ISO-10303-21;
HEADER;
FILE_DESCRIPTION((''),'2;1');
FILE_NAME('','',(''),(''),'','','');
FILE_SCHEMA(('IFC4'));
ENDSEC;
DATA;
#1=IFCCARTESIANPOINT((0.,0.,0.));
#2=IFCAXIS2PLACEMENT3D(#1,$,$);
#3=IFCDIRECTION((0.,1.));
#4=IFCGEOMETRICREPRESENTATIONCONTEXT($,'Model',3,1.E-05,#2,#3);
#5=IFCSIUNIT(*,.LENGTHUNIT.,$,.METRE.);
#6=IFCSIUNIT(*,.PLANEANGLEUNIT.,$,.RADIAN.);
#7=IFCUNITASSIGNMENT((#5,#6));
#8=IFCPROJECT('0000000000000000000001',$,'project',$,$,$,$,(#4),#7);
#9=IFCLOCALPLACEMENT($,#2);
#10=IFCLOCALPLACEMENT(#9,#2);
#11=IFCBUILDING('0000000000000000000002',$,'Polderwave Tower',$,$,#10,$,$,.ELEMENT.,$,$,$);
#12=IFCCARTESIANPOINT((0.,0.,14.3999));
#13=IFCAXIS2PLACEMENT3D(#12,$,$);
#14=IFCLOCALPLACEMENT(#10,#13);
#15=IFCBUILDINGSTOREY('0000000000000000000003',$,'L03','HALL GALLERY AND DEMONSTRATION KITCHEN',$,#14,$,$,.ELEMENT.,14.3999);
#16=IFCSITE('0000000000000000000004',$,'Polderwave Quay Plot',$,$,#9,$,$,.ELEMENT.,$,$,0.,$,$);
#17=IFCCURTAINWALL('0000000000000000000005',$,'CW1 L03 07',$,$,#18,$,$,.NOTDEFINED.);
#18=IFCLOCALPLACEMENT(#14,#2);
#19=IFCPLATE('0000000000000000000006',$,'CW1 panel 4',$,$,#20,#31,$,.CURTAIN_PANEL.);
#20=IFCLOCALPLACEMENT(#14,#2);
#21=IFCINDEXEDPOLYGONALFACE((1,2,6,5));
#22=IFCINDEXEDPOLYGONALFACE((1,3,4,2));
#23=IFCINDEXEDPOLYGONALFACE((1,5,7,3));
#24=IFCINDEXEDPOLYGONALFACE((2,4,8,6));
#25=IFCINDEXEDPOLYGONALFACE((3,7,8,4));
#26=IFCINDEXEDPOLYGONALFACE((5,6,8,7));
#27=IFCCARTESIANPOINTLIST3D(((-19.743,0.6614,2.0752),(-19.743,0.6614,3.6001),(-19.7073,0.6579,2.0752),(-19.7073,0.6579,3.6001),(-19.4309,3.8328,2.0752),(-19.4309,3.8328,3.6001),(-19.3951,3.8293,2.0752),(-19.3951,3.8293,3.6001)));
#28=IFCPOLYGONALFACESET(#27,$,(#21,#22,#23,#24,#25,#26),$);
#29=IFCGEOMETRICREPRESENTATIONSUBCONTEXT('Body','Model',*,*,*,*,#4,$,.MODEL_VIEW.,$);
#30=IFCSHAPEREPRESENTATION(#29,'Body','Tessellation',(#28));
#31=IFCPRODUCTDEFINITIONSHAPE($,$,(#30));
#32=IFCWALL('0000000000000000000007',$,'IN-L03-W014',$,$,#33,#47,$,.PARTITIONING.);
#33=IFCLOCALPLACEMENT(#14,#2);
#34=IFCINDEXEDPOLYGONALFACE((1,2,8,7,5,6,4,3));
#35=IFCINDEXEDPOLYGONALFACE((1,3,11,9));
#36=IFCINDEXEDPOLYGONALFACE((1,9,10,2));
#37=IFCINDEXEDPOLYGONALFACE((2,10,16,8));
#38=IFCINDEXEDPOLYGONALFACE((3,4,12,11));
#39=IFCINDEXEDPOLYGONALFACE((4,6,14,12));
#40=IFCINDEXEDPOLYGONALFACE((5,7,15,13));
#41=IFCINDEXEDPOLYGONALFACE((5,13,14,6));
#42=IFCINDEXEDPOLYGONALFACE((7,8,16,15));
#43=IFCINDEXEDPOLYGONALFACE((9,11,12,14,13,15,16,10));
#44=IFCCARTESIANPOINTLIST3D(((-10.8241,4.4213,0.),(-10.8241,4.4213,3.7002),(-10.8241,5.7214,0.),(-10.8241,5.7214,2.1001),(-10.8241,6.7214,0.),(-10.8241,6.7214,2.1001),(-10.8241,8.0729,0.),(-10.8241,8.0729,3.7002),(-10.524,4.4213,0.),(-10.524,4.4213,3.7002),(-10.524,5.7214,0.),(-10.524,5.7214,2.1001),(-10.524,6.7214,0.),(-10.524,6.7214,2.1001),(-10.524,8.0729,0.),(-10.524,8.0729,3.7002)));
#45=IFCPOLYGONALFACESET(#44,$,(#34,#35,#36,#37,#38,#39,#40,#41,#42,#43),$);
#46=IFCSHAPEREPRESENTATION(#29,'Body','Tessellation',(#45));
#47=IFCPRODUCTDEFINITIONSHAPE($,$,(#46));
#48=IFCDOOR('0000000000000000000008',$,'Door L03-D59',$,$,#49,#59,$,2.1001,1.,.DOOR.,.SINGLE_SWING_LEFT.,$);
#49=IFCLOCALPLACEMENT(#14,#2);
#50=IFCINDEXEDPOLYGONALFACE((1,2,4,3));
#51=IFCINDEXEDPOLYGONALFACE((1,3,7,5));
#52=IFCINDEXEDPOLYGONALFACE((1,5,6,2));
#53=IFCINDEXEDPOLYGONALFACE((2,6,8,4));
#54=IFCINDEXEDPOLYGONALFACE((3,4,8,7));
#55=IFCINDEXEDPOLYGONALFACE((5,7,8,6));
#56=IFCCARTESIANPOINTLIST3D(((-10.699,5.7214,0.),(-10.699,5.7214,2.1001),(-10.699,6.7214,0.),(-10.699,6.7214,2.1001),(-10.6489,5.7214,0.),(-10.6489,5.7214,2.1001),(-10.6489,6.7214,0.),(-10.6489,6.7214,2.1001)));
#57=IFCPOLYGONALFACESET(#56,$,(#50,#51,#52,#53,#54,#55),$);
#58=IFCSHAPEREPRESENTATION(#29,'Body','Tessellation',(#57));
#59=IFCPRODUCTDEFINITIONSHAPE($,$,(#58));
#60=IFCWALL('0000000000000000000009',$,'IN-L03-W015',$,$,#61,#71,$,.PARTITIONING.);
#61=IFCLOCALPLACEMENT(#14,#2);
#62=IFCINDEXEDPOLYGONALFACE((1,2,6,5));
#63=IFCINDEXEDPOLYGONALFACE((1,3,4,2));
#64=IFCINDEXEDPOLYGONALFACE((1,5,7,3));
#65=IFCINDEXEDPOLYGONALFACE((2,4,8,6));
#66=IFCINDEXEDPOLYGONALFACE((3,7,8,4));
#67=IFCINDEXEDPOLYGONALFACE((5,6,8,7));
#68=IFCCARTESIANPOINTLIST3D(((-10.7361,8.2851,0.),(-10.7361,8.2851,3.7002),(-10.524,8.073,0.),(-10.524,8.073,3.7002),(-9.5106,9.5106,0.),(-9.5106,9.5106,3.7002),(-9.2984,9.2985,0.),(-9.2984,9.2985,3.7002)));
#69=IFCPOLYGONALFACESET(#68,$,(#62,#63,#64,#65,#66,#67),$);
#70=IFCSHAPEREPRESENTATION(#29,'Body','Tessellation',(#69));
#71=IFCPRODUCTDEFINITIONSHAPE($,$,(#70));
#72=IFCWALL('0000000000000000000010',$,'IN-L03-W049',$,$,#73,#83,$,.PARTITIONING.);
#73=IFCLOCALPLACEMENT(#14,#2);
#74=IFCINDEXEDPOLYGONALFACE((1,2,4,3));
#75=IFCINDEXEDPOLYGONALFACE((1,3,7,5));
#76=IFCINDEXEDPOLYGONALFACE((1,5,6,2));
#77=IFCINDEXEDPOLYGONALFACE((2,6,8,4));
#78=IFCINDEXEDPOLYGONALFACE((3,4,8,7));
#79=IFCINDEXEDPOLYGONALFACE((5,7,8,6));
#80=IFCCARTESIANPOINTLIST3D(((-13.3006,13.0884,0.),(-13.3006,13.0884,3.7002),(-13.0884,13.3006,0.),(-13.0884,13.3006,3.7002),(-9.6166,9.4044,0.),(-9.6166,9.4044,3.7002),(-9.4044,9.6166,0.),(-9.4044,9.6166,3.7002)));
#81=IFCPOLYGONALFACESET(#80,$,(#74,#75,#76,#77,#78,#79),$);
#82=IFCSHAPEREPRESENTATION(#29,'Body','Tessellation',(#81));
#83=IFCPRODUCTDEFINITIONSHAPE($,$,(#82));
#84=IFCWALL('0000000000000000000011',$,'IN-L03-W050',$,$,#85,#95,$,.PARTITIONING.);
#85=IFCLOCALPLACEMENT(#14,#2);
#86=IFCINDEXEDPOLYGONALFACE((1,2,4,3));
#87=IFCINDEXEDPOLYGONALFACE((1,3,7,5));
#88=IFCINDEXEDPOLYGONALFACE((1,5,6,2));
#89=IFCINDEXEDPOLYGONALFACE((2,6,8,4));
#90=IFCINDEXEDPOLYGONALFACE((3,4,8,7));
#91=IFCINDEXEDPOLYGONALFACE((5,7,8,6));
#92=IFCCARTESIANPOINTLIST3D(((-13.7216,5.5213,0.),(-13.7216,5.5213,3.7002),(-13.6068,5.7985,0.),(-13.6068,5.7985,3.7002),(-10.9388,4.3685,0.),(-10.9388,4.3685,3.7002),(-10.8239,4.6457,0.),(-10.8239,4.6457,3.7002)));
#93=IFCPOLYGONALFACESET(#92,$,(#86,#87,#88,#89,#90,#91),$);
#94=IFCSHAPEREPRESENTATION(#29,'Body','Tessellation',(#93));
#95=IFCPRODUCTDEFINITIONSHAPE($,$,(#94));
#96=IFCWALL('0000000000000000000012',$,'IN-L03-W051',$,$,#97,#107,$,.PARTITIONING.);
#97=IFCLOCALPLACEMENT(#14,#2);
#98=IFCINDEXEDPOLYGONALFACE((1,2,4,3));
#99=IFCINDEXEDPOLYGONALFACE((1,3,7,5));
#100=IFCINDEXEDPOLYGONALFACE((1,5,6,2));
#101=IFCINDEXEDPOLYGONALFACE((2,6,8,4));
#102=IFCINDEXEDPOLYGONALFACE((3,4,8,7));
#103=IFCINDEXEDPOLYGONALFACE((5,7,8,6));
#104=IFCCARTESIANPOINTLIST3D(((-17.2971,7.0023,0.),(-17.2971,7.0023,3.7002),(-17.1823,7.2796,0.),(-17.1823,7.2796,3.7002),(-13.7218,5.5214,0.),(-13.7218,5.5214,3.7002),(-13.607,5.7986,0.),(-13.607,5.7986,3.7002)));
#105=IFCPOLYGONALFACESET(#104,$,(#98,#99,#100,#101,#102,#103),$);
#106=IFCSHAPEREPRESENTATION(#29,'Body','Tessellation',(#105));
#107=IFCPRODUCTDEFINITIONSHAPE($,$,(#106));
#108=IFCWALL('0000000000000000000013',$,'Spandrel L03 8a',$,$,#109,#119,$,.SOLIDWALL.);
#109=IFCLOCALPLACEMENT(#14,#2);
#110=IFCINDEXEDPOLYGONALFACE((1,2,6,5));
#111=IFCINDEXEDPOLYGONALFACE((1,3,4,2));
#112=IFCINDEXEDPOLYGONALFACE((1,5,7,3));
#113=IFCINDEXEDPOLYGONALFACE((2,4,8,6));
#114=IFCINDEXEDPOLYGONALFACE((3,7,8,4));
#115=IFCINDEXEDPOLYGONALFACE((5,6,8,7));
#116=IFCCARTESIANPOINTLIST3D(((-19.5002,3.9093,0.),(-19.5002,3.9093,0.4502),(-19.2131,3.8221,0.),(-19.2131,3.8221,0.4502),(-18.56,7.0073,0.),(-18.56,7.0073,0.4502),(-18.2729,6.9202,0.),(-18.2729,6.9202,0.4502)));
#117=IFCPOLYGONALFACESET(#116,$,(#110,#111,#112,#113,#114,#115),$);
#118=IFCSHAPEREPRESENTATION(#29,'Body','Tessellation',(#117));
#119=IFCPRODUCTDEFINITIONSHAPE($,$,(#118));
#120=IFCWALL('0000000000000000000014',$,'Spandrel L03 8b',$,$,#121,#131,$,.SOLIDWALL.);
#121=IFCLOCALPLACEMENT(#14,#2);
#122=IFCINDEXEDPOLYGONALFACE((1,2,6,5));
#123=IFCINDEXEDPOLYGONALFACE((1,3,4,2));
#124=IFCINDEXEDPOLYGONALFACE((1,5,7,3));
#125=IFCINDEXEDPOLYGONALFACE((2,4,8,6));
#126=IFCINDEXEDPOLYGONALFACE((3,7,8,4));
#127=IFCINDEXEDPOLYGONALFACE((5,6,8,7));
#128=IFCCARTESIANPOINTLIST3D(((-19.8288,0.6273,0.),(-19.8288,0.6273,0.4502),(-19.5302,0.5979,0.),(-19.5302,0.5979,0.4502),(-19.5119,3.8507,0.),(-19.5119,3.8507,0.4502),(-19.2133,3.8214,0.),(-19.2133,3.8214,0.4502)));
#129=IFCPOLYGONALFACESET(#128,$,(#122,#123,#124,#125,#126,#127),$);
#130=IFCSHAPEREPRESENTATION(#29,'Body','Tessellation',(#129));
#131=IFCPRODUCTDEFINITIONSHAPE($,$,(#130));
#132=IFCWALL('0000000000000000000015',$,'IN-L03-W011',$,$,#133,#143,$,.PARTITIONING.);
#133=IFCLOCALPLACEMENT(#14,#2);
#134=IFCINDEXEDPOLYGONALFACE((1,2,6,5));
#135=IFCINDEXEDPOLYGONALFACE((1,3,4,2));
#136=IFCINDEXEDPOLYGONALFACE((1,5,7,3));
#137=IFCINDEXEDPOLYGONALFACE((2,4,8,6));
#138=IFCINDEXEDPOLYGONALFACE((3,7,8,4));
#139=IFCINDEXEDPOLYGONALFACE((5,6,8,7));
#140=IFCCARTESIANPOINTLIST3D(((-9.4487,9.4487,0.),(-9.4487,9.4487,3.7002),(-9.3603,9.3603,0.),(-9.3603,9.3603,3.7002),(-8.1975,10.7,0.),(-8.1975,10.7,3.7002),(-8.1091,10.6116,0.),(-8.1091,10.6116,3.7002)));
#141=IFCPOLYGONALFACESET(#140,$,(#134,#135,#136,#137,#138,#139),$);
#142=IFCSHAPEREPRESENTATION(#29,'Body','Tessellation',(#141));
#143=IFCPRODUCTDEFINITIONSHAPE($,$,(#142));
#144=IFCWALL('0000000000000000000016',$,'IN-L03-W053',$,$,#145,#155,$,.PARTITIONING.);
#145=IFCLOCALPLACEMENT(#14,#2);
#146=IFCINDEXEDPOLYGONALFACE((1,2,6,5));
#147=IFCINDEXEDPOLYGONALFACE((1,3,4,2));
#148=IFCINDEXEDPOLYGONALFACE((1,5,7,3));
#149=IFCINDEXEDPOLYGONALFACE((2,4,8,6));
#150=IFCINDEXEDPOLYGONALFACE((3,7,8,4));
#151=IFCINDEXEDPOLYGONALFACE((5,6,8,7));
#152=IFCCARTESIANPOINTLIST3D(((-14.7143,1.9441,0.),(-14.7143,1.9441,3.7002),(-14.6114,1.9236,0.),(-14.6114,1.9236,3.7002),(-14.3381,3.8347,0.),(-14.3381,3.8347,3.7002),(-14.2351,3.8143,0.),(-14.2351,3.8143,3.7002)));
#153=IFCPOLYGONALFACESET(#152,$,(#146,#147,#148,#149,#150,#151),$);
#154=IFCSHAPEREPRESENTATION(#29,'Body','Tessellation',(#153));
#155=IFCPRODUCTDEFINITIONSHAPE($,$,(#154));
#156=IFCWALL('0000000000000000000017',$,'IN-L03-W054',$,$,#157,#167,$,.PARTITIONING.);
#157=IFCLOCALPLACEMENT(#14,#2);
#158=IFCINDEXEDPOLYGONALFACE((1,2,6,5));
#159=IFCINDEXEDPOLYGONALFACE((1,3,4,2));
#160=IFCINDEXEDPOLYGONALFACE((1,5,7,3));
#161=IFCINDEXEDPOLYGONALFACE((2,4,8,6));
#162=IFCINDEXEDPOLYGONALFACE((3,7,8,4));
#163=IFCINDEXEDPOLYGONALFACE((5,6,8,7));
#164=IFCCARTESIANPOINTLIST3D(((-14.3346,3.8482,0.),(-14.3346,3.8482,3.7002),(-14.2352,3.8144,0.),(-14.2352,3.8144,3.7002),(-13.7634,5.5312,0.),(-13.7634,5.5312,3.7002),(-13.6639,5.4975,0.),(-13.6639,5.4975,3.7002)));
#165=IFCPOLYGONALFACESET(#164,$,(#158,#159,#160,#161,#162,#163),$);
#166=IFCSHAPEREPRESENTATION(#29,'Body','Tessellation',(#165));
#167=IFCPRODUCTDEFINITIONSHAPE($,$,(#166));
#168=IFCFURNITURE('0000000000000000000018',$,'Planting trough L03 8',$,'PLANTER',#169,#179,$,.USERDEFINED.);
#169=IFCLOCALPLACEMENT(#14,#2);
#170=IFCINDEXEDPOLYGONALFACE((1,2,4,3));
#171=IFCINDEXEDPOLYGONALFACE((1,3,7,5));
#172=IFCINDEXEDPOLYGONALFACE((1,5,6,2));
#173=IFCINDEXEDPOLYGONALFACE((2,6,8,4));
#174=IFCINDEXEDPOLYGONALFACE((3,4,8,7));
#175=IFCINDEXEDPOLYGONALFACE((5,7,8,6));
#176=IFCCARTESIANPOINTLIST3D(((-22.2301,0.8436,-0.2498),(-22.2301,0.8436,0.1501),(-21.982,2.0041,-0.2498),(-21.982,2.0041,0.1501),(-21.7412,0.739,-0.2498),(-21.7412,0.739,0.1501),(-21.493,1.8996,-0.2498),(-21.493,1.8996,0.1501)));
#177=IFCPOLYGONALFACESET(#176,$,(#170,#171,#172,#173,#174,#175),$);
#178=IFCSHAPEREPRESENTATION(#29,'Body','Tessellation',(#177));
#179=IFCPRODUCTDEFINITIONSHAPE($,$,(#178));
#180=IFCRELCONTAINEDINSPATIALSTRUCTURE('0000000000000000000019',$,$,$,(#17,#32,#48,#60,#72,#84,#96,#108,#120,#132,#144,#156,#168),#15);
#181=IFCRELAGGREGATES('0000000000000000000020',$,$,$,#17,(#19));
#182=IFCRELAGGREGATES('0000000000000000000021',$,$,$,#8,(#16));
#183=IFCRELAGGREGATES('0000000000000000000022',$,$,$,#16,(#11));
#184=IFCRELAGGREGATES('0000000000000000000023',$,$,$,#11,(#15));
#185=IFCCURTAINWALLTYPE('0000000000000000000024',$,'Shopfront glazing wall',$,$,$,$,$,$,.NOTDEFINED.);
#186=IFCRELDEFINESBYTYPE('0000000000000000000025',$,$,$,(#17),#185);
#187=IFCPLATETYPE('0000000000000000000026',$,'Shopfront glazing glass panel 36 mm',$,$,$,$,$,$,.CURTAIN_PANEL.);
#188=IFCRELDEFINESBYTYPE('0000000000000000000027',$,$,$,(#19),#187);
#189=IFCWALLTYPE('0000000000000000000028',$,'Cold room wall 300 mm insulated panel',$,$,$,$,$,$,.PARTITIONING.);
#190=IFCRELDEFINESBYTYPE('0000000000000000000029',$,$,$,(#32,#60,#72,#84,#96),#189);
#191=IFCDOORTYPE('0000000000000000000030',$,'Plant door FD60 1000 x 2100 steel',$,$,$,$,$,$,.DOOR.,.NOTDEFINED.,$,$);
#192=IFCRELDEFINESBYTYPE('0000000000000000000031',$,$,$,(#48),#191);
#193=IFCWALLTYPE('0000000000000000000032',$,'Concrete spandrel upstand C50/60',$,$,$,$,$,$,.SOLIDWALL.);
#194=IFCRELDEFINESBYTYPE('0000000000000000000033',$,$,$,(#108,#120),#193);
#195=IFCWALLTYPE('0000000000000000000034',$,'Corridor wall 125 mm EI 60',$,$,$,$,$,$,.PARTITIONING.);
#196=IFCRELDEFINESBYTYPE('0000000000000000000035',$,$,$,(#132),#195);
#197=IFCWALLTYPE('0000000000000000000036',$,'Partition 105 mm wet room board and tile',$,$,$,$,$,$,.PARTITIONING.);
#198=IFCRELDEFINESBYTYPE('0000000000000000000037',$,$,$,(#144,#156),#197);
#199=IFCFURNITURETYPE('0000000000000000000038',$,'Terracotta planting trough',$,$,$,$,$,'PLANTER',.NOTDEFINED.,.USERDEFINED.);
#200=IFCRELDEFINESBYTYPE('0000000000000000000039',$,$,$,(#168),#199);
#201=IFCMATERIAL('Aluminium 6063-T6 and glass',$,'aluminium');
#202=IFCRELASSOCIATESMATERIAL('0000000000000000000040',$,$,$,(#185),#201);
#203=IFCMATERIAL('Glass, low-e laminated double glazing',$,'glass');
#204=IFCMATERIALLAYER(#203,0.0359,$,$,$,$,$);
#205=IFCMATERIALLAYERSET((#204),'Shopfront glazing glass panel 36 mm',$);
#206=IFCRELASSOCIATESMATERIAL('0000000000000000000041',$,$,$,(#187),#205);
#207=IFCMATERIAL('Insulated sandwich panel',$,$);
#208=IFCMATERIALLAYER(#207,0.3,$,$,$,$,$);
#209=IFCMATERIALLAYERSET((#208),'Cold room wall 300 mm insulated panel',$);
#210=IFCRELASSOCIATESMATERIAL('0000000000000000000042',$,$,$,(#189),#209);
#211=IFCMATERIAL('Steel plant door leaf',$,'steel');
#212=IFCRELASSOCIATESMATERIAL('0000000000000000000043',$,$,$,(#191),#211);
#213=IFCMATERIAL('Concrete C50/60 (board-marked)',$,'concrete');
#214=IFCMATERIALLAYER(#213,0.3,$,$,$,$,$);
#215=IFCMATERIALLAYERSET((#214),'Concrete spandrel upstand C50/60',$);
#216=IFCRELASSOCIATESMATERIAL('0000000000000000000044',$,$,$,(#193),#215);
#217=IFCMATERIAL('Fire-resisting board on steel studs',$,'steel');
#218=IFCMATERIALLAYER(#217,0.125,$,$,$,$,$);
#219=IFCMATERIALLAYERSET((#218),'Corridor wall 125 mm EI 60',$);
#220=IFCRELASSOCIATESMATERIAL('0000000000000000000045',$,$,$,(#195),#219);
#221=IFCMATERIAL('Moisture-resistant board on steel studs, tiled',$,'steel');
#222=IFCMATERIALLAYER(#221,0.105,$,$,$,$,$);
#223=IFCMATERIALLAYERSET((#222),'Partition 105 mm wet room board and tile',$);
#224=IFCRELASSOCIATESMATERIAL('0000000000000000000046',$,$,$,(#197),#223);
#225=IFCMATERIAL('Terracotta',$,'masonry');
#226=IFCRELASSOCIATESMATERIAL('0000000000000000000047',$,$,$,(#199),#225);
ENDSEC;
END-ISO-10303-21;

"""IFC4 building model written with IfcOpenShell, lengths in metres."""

from ifc_helpers import new_model, si_unit, direction, frame, frame_2d, origin, origin_2d, place, context, subcontext, project, spatial, rectangle, extrude, material, layer, layer_set, type_object, element, fill, aggregate, save


model = new_model("IFC4")

# Units and contexts
model_context = context("Model", 3, precision=1e-05, world=origin(), true_north=direction((0.0, 1.0)))
body_context = subcontext(model_context, "Body", "Model", "MODEL_VIEW")
ifc_project = project(units=[si_unit("LENGTHUNIT", "METRE"), si_unit("PLANEANGLEUNIT", "RADIAN")], contexts=[model_context])

# Site, building, storey
site_placement = place(None, origin())
site = spatial("IfcSite", under=ifc_project, at=site_placement, Name="Polderwave Quay Plot", CompositionType="ELEMENT", RefElevation=0.0)
building_placement = place(site_placement, origin())
building = spatial("IfcBuilding", under=site, at=building_placement, Name="Polderwave Tower", CompositionType="ELEMENT")
storey_placement = place(building_placement, frame((0.0, 0.0, 14.3999)))
storey = spatial("IfcBuildingStorey", under=building, at=storey_placement, Name="L03", Description="HALL GALLERY AND DEMONSTRATION KITCHEN", CompositionType="ELEMENT", Elevation=14.3999)

# Shared definitions
ifc_material_1 = material(Name="Aluminium 6063-T6 and glass", Category="aluminium")
curtain_wall_type = type_object("IfcCurtainWallType", Name="Shopfront glazing wall", PredefinedType="NOTDEFINED", material=ifc_material_1)

# Curtain wall, plate
curtain_wall_1_placement = place(storey_placement, origin())
curtain_wall_1 = element("IfcCurtainWall", 1, at=curtain_wall_1_placement, inside=storey, type_object=curtain_wall_type, Name="CW1 L03 07", PredefinedType="NOTDEFINED")
ifc_material_2 = material(Name="Glass, low-e laminated double glazing", Category="glass")
ifc_layer_1 = layer(ifc_material_2, 0.0359)
ifc_layer_set_1 = layer_set([ifc_layer_1], Name="Shopfront glazing glass panel 36 mm")
plate_type = type_object("IfcPlateType", Name="Shopfront glazing glass panel 36 mm", PredefinedType="CURTAIN_PANEL", material=ifc_layer_set_1)
plate_1_placement = place(storey_placement, frame((-19.5691, 2.2454, 2.0752), z_axis=(0.0, 0.0, 1.0), x_axis=(-0.097963, -0.99519, 0.0)))
plate_1 = element("IfcPlate", 2, at=plate_1_placement, type_object=plate_type, Name="CW1 panel 4", PredefinedType="CURTAIN_PANEL", context=body_context, shape_type="SweptSolid", body=[
    extrude(rectangle(XDim=3.1868, YDim=0.0359, at=origin_2d()), origin(), (0.0, 0.0, 1.0), 1.5249),
])
aggregate(curtain_wall_1, [plate_1])

# Wall, opening, door
ifc_material_3 = material(Name="Insulated sandwich panel")
ifc_layer_2 = layer(ifc_material_3, 0.3)
ifc_layer_set_2 = layer_set([ifc_layer_2], Name="Cold room wall 300 mm insulated panel")
wall_type_1 = type_object("IfcWallType", Name="Cold room wall 300 mm insulated panel", PredefinedType="PARTITIONING", material=ifc_layer_set_2)
wall_1_placement = place(storey_placement, frame((-10.6741, 4.4214, 0.0), z_axis=(0.0, 0.0, 1.0), x_axis=(0.0, 1.0, 0.0)))
wall_1 = element("IfcWall", 3, at=wall_1_placement, inside=storey, type_object=wall_type_1, Name="IN-L03-W014", PredefinedType="PARTITIONING", context=body_context, shape_type="SweptSolid", body=[
    extrude(rectangle(XDim=3.6516, YDim=0.3, at=frame_2d((1.8257, 0.0))), origin(), (0.0, 0.0, 1.0), 3.7002),
])
opening_placement = place(wall_1_placement, frame((1.3, 0.0, 0.0)))
opening = element("IfcOpeningElement", 4, at=opening_placement, cuts=wall_1, PredefinedType="OPENING", context=body_context, shape_type="SweptSolid", body=[
    extrude(rectangle(XDim=1.0, YDim=2.1001, at=frame_2d((0.5, 1.05))), frame((0.0, 0.1599, 0.0), z_axis=(0.0, -1.0, 0.0), x_axis=(1.0, 0.0, 0.0)), (0.0, 0.0, 1.0), 0.3201),
])
ifc_material_4 = material(Name="Steel plant door leaf", Category="steel")
door_type = type_object("IfcDoorType", Name="Plant door FD60 1000 x 2100 steel", OperationType="NOTDEFINED", PredefinedType="DOOR", material=ifc_material_4)
door_placement = place(opening_placement, origin())
door = element("IfcDoor", 5, at=door_placement, inside=storey, type_object=door_type, Name="Door L03-D59", OperationType="SINGLE_SWING_LEFT", OverallHeight=2.1001, OverallWidth=1.0, PredefinedType="DOOR", context=body_context, shape_type="SweptSolid", body=[
    extrude(rectangle(XDim=1.0, YDim=2.1001, at=frame_2d((0.5, 1.05))), frame((0.0, 0.0249, 0.0), z_axis=(0.0, -1.0, 0.0), x_axis=(1.0, 0.0, 0.0)), (0.0, 0.0, 1.0), 0.05),
])
fill(opening, door)

# Walls
wall_2_placement = place(storey_placement, frame((-10.6301, 8.179, 0.0), z_axis=(0.0, 0.0, 1.0), x_axis=(0.707107, 0.707107, 0.0)))
element("IfcWall", 6, at=wall_2_placement, inside=storey, type_object=wall_type_1, Name="IN-L03-W015", PredefinedType="PARTITIONING", context=body_context, shape_type="SweptSolid", body=[
    extrude(rectangle(XDim=1.7332, YDim=0.3, at=frame_2d((0.8667, 0.0))), origin(), (0.0, 0.0, 1.0), 3.7002),
])
wall_3_placement = place(storey_placement, frame((-9.5105, 9.5105, 0.0), z_axis=(0.0, 0.0, 1.0), x_axis=(-0.707107, 0.707107, 0.0)))
element("IfcWall", 7, at=wall_3_placement, inside=storey, type_object=wall_type_1, Name="IN-L03-W049", PredefinedType="PARTITIONING", context=body_context, shape_type="SweptSolid", body=[
    extrude(rectangle(XDim=5.21, YDim=0.3, at=frame_2d((2.605, 0.0))), origin(), (0.0, 0.0, 1.0), 3.7002),
])
wall_4_placement = place(storey_placement, frame((-10.8813, 4.5071, 0.0), z_axis=(0.0, 0.0, 1.0), x_axis=(-0.923869, 0.38271, 0.0)))
element("IfcWall", 8, at=wall_4_placement, inside=storey, type_object=wall_type_1, Name="IN-L03-W050", PredefinedType="PARTITIONING", context=body_context, shape_type="SweptSolid", body=[
    extrude(rectangle(XDim=3.0122, YDim=0.3, at=frame_2d((1.5061, 0.0))), origin(), (0.0, 0.0, 1.0), 3.7002),
])
wall_5_placement = place(storey_placement, frame((-13.6643, 5.6599, 0.0), z_axis=(0.0, 0.0, 1.0), x_axis=(-0.923874, 0.382697, 0.0)))
element("IfcWall", 9, at=wall_5_placement, inside=storey, type_object=wall_type_1, Name="IN-L03-W051", PredefinedType="PARTITIONING", context=body_context, shape_type="SweptSolid", body=[
    extrude(rectangle(XDim=3.8699, YDim=0.3, at=frame_2d((1.9351, 0.0))), origin(), (0.0, 0.0, 1.0), 3.7002),
])
ifc_material_5 = material(Name="Concrete C50/60 (board-marked)", Category="concrete")
ifc_layer_3 = layer(ifc_material_5, 0.3)
ifc_layer_set_3 = layer_set([ifc_layer_3], Name="Concrete spandrel upstand C50/60")
wall_type_2 = type_object("IfcWallType", Name="Concrete spandrel upstand C50/60", PredefinedType="SOLIDWALL", material=ifc_layer_set_3)
wall_6_placement = place(storey_placement, frame((-18.4165, 6.9636, 0.0), z_axis=(0.0, 0.0, 1.0), x_axis=(-0.29039, -0.956908, 0.0)))
element("IfcWall", 10, at=wall_6_placement, inside=storey, type_object=wall_type_2, Name="Spandrel L03 8a", PredefinedType="SOLIDWALL", context=body_context, shape_type="SweptSolid", body=[
    extrude(rectangle(XDim=3.2375, YDim=0.3, at=frame_2d((1.6187, 0.0))), origin(), (0.0, 0.0, 1.0), 0.4502),
])
wall_7_placement = place(storey_placement, frame((-19.3625, 3.8362, 0.0), z_axis=(0.0, 0.0, 1.0), x_axis=(-0.097839, -0.995202, 0.0)))
element("IfcWall", 11, at=wall_7_placement, inside=storey, type_object=wall_type_2, Name="Spandrel L03 8b", PredefinedType="SOLIDWALL", context=body_context, shape_type="SweptSolid", body=[
    extrude(rectangle(XDim=3.239, YDim=0.3, at=frame_2d((1.6196, 0.0))), origin(), (0.0, 0.0, 1.0), 0.4502),
])
ifc_material_6 = material(Name="Fire-resisting board on steel studs", Category="steel")
ifc_layer_4 = layer(ifc_material_6, 0.125)
ifc_layer_set_4 = layer_set([ifc_layer_4], Name="Corridor wall 125 mm EI 60")
wall_type_3 = type_object("IfcWallType", Name="Corridor wall 125 mm EI 60", PredefinedType="PARTITIONING", material=ifc_layer_set_4)
wall_8_placement = place(storey_placement, frame((-9.4045, 9.4045, 0.0), z_axis=(0.0, 0.0, 1.0), x_axis=(0.707107, 0.707107, 0.0)))
element("IfcWall", 12, at=wall_8_placement, inside=storey, type_object=wall_type_3, Name="IN-L03-W011", PredefinedType="PARTITIONING", context=body_context, shape_type="SweptSolid", body=[
    extrude(rectangle(XDim=1.7695, YDim=0.125, at=frame_2d((0.8848, 0.0))), origin(), (0.0, 0.0, 1.0), 3.7002),
])
ifc_material_7 = material(Name="Moisture-resistant board on steel studs, tiled", Category="steel")
ifc_layer_5 = layer(ifc_material_7, 0.105)
ifc_layer_set_5 = layer_set([ifc_layer_5], Name="Partition 105 mm wet room board and tile")
wall_type_4 = type_object("IfcWallType", Name="Partition 105 mm wet room board and tile", PredefinedType="PARTITIONING", material=ifc_layer_set_5)
wall_9_placement = place(storey_placement, frame((-14.6628, 1.9338, 0.0), z_axis=(0.0, 0.0, 1.0), x_axis=(0.195166, 0.98077, 0.0)))
element("IfcWall", 13, at=wall_9_placement, inside=storey, type_object=wall_type_4, Name="IN-L03-W053", PredefinedType="PARTITIONING", context=body_context, shape_type="SweptSolid", body=[
    extrude(rectangle(XDim=1.9277, YDim=0.105, at=frame_2d((0.9639, 0.0))), origin(), (0.0, 0.0, 1.0), 3.7002),
])
wall_10_placement = place(storey_placement, frame((-14.2849, 3.8313, 0.0), z_axis=(0.0, 0.0, 1.0), x_axis=(0.321415, 0.946938, 0.0)))
element("IfcWall", 14, at=wall_10_placement, inside=storey, type_object=wall_type_4, Name="IN-L03-W054", PredefinedType="PARTITIONING", context=body_context, shape_type="SweptSolid", body=[
    extrude(rectangle(XDim=1.7773, YDim=0.105, at=frame_2d((0.8887, 0.0))), origin(), (0.0, 0.0, 1.0), 3.7002),
])

# Furniture
ifc_material_8 = material(Name="Terracotta", Category="masonry")
furniture_type = type_object("IfcFurnitureType", Name="Terracotta planting trough", ElementType="PLANTER", AssemblyPlace="NOTDEFINED", PredefinedType="USERDEFINED", material=ifc_material_8)
furniture_placement = place(storey_placement, frame((-21.8616, 1.3716, -0.2498), z_axis=(0.0, 0.0, 1.0), x_axis=(-0.209124, -0.977889, 0.0)))
element("IfcFurniture", 15, at=furniture_placement, inside=storey, type_object=furniture_type, Name="Planting trough L03 8", ObjectType="PLANTER", PredefinedType="USERDEFINED", context=body_context, shape_type="SweptSolid", body=[
    extrude(rectangle(XDim=1.1868, YDim=0.5, at=origin_2d()), origin(), (0.0, 0.0, 1.0), 0.3999),
])

save(model, "model.ifc")
